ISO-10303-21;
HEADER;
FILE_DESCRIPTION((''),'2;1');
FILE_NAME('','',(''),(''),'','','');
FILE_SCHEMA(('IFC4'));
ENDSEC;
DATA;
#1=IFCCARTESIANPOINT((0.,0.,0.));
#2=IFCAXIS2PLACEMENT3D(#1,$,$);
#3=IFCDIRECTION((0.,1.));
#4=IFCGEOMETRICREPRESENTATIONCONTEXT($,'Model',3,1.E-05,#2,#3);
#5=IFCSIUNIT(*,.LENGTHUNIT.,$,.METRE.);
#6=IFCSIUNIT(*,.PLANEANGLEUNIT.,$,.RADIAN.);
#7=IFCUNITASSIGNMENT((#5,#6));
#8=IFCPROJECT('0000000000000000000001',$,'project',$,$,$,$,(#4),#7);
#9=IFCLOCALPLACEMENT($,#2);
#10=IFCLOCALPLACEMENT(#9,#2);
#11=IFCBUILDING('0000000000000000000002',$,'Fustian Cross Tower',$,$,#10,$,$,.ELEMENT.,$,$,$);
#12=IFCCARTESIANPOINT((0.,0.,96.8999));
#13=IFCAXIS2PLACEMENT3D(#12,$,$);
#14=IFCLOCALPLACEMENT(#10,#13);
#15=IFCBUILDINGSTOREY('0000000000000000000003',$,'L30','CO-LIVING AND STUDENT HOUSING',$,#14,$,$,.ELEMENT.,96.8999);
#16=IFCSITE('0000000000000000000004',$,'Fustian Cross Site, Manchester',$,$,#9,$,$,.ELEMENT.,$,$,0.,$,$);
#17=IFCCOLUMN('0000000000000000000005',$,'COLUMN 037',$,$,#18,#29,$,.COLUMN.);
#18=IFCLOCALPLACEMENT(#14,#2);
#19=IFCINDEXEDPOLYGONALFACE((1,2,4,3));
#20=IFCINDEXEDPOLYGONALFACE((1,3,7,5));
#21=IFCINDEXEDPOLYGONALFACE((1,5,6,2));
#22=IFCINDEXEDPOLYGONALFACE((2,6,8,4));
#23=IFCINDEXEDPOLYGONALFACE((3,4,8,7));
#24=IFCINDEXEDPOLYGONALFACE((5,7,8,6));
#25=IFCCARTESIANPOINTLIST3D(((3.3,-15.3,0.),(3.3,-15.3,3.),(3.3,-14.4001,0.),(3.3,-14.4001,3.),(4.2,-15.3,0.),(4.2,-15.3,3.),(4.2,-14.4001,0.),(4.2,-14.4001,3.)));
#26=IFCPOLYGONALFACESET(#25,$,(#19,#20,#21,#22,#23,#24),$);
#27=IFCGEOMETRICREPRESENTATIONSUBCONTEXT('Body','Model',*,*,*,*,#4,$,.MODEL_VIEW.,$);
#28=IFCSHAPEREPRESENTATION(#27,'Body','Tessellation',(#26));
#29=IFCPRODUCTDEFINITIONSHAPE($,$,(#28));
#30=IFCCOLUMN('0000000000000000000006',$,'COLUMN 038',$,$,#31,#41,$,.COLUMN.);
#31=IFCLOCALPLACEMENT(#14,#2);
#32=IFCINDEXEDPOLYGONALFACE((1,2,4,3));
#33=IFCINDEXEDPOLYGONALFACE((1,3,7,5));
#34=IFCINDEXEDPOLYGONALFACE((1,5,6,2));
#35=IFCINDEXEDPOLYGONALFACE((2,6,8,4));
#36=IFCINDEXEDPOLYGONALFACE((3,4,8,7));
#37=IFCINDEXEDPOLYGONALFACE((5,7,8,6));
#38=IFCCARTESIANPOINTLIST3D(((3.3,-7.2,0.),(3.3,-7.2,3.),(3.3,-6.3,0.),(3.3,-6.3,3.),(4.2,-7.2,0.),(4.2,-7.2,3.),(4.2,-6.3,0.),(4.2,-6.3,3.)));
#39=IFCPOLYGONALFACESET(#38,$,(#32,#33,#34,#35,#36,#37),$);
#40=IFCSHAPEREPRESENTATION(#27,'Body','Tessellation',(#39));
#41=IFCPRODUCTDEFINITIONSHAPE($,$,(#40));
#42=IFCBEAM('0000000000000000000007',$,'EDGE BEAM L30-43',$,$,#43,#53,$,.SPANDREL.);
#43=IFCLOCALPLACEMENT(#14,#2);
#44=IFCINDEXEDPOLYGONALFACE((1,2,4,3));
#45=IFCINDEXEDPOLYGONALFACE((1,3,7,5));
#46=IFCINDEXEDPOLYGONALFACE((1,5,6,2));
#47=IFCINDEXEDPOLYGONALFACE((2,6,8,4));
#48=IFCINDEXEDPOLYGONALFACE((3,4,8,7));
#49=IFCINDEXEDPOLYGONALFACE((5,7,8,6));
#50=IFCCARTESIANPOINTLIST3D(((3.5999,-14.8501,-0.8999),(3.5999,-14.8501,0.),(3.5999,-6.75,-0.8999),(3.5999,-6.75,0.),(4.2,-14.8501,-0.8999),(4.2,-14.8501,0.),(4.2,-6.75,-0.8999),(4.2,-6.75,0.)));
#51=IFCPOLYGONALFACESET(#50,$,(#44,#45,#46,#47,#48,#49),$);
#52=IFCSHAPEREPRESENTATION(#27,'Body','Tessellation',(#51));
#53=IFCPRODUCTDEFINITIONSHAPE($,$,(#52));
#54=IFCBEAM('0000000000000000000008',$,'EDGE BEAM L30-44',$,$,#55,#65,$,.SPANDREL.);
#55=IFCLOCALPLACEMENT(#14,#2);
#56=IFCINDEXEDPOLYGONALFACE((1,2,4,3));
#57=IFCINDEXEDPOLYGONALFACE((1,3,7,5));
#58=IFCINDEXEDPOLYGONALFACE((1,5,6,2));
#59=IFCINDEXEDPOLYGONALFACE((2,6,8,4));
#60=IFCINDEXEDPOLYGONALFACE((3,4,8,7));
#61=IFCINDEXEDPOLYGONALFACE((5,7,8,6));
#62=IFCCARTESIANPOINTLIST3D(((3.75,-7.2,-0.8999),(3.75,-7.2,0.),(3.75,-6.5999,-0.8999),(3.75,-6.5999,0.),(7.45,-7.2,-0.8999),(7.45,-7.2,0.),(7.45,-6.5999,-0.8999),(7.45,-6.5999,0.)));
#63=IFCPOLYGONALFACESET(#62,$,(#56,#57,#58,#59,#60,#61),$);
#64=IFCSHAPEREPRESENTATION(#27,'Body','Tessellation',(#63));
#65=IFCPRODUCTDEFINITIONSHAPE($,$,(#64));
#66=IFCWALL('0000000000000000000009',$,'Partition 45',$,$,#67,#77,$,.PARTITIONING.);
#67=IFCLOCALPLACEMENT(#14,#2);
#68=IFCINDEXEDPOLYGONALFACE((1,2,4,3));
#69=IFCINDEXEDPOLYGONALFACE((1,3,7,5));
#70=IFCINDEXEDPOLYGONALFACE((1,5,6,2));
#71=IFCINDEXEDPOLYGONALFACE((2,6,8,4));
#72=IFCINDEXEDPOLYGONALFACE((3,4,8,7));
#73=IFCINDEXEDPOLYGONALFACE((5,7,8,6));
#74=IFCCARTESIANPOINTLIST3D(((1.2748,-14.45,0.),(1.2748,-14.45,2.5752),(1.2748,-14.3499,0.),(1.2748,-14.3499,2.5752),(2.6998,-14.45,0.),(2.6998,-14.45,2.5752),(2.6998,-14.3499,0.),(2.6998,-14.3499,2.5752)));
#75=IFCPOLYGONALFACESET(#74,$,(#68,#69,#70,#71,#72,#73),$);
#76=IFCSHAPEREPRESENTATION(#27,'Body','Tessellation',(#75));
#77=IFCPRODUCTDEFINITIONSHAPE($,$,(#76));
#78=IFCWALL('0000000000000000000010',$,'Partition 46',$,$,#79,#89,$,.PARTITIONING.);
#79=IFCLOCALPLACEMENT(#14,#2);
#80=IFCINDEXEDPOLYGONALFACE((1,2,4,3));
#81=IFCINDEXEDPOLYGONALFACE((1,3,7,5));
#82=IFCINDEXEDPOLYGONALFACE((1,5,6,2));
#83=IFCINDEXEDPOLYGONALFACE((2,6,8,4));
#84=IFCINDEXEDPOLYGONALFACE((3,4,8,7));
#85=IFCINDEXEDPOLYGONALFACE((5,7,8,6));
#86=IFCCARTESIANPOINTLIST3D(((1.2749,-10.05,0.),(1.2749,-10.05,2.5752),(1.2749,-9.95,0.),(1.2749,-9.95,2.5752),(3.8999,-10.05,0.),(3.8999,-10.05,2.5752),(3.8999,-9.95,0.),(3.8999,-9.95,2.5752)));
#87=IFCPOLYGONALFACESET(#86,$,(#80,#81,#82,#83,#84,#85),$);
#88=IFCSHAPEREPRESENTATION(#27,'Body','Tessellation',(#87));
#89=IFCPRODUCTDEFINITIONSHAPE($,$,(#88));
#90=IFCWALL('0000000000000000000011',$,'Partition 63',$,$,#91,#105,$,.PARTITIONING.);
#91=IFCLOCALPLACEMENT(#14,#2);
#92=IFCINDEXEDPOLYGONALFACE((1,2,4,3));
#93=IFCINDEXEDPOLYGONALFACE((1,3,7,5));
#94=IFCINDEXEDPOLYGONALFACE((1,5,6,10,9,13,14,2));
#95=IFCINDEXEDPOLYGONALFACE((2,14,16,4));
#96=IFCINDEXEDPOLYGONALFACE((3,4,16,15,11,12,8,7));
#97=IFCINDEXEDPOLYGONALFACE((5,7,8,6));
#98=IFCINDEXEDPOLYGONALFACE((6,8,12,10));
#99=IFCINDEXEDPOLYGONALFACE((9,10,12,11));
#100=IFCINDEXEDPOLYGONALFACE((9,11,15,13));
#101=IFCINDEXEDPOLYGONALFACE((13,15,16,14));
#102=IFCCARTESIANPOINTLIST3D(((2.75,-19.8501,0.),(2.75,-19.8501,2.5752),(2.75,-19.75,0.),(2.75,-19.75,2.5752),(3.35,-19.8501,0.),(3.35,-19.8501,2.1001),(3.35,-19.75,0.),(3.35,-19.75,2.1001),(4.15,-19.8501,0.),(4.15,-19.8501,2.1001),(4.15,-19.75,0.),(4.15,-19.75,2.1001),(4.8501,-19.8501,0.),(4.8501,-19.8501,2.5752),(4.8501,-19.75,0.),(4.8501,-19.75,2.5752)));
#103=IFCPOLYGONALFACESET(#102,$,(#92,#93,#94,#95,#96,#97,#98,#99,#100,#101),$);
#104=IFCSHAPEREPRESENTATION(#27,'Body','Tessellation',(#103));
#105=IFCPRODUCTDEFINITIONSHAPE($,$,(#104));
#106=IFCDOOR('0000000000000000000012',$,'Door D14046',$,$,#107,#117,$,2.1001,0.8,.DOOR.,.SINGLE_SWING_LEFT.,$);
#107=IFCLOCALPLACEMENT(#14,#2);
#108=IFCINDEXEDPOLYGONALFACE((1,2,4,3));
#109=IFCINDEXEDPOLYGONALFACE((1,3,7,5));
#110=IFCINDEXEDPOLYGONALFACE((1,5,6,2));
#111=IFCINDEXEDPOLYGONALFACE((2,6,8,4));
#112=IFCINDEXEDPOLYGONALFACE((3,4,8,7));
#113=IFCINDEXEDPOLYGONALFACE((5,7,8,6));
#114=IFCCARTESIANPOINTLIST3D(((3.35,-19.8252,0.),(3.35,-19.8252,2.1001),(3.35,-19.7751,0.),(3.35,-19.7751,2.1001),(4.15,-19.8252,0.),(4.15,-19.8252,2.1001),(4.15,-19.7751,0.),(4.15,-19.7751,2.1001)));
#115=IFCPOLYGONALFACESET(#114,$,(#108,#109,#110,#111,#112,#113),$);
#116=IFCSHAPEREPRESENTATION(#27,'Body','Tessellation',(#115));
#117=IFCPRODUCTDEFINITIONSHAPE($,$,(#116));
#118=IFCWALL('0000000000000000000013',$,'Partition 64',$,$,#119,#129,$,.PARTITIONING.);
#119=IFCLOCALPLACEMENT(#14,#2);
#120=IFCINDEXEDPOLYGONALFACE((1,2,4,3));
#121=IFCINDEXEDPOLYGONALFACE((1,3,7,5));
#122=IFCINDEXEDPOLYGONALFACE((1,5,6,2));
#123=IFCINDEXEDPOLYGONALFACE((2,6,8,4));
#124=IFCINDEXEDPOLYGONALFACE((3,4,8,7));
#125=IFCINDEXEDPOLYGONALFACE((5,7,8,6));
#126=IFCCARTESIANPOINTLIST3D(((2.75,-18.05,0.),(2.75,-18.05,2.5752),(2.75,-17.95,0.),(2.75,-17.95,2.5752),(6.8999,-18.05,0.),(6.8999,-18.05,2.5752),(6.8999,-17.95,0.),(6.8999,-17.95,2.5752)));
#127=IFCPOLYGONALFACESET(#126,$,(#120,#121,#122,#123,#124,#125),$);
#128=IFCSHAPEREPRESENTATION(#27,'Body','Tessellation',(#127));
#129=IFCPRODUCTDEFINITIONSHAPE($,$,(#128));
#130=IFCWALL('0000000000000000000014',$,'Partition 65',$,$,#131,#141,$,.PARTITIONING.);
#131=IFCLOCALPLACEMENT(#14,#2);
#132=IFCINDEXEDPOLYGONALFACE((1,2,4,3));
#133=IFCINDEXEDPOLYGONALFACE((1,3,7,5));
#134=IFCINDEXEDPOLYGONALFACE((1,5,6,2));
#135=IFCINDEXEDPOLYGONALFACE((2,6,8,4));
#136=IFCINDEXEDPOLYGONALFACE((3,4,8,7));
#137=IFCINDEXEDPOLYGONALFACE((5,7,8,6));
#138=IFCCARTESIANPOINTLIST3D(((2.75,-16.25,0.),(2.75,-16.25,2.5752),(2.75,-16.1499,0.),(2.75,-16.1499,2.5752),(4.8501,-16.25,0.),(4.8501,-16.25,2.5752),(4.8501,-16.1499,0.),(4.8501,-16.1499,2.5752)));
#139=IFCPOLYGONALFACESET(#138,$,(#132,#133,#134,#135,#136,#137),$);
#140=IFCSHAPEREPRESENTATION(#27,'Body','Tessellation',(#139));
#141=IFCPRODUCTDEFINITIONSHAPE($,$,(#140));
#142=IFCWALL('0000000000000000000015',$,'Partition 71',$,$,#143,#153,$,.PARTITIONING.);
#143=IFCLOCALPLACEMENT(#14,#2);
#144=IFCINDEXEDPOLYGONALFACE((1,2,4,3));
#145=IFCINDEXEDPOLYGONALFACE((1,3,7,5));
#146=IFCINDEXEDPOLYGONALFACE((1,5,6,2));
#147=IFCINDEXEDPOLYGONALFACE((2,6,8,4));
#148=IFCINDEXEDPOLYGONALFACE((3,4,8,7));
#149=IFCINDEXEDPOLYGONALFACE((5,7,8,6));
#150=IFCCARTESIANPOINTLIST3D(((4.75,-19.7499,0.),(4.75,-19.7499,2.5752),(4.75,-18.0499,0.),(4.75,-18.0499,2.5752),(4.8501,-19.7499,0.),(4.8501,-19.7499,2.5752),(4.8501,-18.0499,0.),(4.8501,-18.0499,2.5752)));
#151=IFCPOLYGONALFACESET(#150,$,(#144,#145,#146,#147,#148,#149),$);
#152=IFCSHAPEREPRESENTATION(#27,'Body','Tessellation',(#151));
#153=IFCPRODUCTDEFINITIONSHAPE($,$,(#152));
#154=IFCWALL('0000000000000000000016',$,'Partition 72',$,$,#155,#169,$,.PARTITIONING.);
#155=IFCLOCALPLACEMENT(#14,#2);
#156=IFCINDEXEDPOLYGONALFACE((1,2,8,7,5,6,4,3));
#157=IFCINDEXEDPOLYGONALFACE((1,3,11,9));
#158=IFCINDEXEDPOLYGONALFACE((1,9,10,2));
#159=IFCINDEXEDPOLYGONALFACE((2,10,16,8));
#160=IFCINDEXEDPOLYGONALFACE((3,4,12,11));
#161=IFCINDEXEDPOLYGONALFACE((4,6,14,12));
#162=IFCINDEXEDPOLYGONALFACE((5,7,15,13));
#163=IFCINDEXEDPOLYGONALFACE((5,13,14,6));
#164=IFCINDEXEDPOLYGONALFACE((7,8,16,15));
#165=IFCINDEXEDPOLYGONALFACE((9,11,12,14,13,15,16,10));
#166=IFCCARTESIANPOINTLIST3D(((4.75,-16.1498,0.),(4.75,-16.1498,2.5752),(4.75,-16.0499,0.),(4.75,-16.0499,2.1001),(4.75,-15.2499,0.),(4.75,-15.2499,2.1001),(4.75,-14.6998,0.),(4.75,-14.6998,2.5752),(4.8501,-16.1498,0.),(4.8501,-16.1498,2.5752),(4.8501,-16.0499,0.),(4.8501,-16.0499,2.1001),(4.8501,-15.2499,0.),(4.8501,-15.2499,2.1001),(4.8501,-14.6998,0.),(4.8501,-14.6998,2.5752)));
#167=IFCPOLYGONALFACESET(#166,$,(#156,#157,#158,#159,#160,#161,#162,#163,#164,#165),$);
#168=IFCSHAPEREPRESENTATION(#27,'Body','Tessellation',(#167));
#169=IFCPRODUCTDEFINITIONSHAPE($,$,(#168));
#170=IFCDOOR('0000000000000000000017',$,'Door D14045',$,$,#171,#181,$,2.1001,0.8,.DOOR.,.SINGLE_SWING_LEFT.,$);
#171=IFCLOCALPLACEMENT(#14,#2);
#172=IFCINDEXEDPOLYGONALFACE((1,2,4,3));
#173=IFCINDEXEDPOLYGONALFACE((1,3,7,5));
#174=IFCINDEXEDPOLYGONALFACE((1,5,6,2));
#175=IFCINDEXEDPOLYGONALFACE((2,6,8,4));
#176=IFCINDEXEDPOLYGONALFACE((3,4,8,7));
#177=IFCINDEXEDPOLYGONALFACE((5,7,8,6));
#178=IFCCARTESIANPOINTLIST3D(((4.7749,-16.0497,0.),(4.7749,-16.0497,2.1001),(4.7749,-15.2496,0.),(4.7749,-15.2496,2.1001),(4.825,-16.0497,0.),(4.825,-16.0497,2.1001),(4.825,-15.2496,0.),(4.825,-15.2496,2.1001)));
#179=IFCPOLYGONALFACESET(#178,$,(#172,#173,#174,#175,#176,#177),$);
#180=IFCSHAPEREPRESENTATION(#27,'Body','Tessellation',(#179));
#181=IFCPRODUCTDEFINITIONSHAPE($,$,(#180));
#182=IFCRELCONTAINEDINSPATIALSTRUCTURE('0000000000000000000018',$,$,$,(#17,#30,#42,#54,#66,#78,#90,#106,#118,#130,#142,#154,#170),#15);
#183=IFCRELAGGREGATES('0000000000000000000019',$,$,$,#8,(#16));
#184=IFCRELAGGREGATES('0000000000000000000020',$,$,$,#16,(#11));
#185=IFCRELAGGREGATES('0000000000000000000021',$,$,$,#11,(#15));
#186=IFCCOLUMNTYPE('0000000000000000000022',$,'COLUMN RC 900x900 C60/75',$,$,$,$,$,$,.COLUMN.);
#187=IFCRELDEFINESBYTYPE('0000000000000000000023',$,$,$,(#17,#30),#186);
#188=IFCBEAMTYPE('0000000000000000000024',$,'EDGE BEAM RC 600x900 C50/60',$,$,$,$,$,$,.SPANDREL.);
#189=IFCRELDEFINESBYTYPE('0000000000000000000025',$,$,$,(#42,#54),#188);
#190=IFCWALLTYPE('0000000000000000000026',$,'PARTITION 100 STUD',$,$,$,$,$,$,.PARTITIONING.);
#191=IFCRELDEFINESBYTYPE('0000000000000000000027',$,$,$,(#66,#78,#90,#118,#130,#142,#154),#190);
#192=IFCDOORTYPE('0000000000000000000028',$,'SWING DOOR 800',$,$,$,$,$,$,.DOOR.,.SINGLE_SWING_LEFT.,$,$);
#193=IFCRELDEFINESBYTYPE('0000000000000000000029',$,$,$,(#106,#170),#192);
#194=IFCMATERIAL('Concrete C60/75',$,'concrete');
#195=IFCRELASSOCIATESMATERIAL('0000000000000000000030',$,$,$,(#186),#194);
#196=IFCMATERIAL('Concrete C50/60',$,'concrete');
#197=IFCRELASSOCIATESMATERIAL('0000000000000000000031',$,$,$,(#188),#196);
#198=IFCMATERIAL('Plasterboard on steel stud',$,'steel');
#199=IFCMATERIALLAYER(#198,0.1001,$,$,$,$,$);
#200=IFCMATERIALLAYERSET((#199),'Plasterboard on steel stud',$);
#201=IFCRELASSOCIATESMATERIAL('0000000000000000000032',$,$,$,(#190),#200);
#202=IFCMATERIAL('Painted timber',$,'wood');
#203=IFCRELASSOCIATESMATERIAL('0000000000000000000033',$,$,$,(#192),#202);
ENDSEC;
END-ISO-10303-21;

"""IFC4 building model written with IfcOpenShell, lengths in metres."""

from ifc_helpers import new_model, si_unit, direction, frame, frame_2d, origin, origin_2d, place, context, subcontext, project, spatial, rectangle, extrude, material, layer, layer_set, material_profile, profile_set, type_object, element, fill, save


model = new_model("IFC4")

# Units and contexts
model_context = context("Model", 3, precision=1e-05, world=origin(), true_north=direction((0.0, 1.0)))
body_context = subcontext(model_context, "Body", "Model", "MODEL_VIEW")
ifc_project = project(units=[si_unit("LENGTHUNIT", "METRE"), si_unit("PLANEANGLEUNIT", "RADIAN")], contexts=[model_context])

# Site, building, storey
site_placement = place(None, origin())
site = spatial("IfcSite", under=ifc_project, at=site_placement, Name="Fustian Cross Site, Manchester", CompositionType="ELEMENT", RefElevation=0.0)
building_placement = place(site_placement, origin())
building = spatial("IfcBuilding", under=site, at=building_placement, Name="Fustian Cross Tower", CompositionType="ELEMENT")
storey_placement = place(building_placement, frame((0.0, 0.0, 96.8999)))
storey = spatial("IfcBuildingStorey", under=building, at=storey_placement, Name="L30", Description="CO-LIVING AND STUDENT HOUSING", CompositionType="ELEMENT", Elevation=96.8999)

# Columns
ifc_material_1 = material(Name="Concrete C60/75", Category="concrete")
ifc_material_profile_1 = material_profile(ifc_material_1, rectangle(XDim=0.8999, YDim=0.8999, at=origin_2d()), Name="RC 900x900")
ifc_profile_set_1 = profile_set([ifc_material_profile_1], Name="Concrete C60/75")
column_type = type_object("IfcColumnType", Name="COLUMN RC 900x900 C60/75", PredefinedType="COLUMN", material=ifc_profile_set_1)
for number, where, z_axis, x_axis, name in (
    (1, (3.75, -14.8501, 0.0), (0.0, 0.0, 1.0), (1.0, 0.0, 0.0), "COLUMN 037"),
    (2, (3.75, -6.75, 0.0), (0.0, 0.0, 1.0), (1.0, 0.0, 0.0), "COLUMN 038"),
):
    element("IfcColumn", number, at=place(storey_placement, frame(where, z_axis=z_axis, x_axis=x_axis)), inside=storey, type_object=column_type, Name=name, PredefinedType="COLUMN", context=body_context, shape_type="SweptSolid", body=[
        extrude(rectangle(XDim=0.8999, YDim=0.8999, at=origin_2d()), origin(), (0.0, 0.0, 1.0), 3.0),
    ])

# Beams
ifc_material_2 = material(Name="Concrete C50/60", Category="concrete")
ifc_material_profile_2 = material_profile(ifc_material_2, rectangle(XDim=0.6001, YDim=0.8999, at=origin_2d()), Name="RC 600x900")
ifc_profile_set_2 = profile_set([ifc_material_profile_2], Name="Concrete C50/60")
beam_type = type_object("IfcBeamType", Name="EDGE BEAM RC 600x900 C50/60", PredefinedType="SPANDREL", material=ifc_profile_set_2)
beam_1_placement = place(storey_placement, frame((3.8999, -14.8501, -0.45), z_axis=(0.0, 1.0, 0.0), x_axis=(-1.0, 0.0, 0.0)))
element("IfcBeam", 3, at=beam_1_placement, inside=storey, type_object=beam_type, Name="EDGE BEAM L30-43", PredefinedType="SPANDREL", context=body_context, shape_type="SweptSolid", body=[
    extrude(rectangle(XDim=0.6001, YDim=0.8999, at=origin_2d()), origin(), (0.0, 0.0, 1.0), 8.1001),
])
beam_2_placement = place(storey_placement, frame((3.75, -6.8999, -0.45), z_axis=(1.0, 0.0, 0.0), x_axis=(0.0, 1.0, 0.0)))
element("IfcBeam", 4, at=beam_2_placement, inside=storey, type_object=beam_type, Name="EDGE BEAM L30-44", PredefinedType="SPANDREL", context=body_context, shape_type="SweptSolid", body=[
    extrude(rectangle(XDim=0.6001, YDim=0.8999, at=origin_2d()), origin(), (0.0, 0.0, 1.0), 3.7),
])

# Walls
ifc_material_3 = material(Name="Plasterboard on steel stud", Category="steel")
ifc_layer_1 = layer(ifc_material_3, 0.1001)
ifc_layer_set_1 = layer_set([ifc_layer_1], Name="Plasterboard on steel stud")
wall_type_1 = type_object("IfcWallType", Name="PARTITION 100 STUD", PredefinedType="PARTITIONING", material=ifc_layer_set_1)
wall_1_placement = place(storey_placement, frame((1.2749, -14.3999, 0.0), z_axis=(0.0, 0.0, 1.0), x_axis=(1.0, 0.0, 0.0)))
element("IfcWall", 5, at=wall_1_placement, inside=storey, type_object=wall_type_1, Name="Partition 45", PredefinedType="PARTITIONING", context=body_context, shape_type="SweptSolid", body=[
    extrude(rectangle(XDim=1.425, YDim=0.1001, at=frame_2d((0.7124, 0.0))), origin(), (0.0, 0.0, 1.0), 2.5752),
])
wall_2_placement = place(storey_placement, frame((1.2749, -10.0, 0.0), z_axis=(0.0, 0.0, 1.0), x_axis=(1.0, 0.0, 0.0)))
element("IfcWall", 6, at=wall_2_placement, inside=storey, type_object=wall_type_1, Name="Partition 46", PredefinedType="PARTITIONING", context=body_context, shape_type="SweptSolid", body=[
    extrude(rectangle(XDim=2.625, YDim=0.1001, at=frame_2d((1.3125, 0.0))), origin(), (0.0, 0.0, 1.0), 2.5752),
])

# Wall, opening, door
wall_3_placement = place(storey_placement, frame((2.75, -19.8, 0.0), z_axis=(0.0, 0.0, 1.0), x_axis=(1.0, 0.0, 0.0)))
wall_3 = element("IfcWall", 7, at=wall_3_placement, inside=storey, type_object=wall_type_1, Name="Partition 63", PredefinedType="PARTITIONING", context=body_context, shape_type="SweptSolid", body=[
    extrude(rectangle(XDim=2.1001, YDim=0.1001, at=frame_2d((1.05, 0.0))), origin(), (0.0, 0.0, 1.0), 2.5752),
])
opening_1_placement = place(wall_3_placement, frame((0.6001, 0.0, 0.0)))
opening_1 = element("IfcOpeningElement", 8, at=opening_1_placement, cuts=wall_3, PredefinedType="OPENING", context=body_context, shape_type="SweptSolid", body=[
    extrude(rectangle(XDim=0.8, YDim=2.1001, at=frame_2d((0.3999, 1.05))), frame((0.0, 0.0601, 0.0), z_axis=(0.0, -1.0, 0.0), x_axis=(1.0, 0.0, 0.0)), (0.0, 0.0, 1.0), 0.1201),
])
ifc_material_4 = material(Name="Painted timber", Category="wood")
door_type_1 = type_object("IfcDoorType", Name="SWING DOOR 800", OperationType="SINGLE_SWING_LEFT", PredefinedType="DOOR", material=ifc_material_4)
door_1_placement = place(opening_1_placement, origin())
door_1 = element("IfcDoor", 9, at=door_1_placement, inside=storey, type_object=door_type_1, Name="Door D14046", OperationType="SINGLE_SWING_LEFT", OverallHeight=2.1001, OverallWidth=0.8, PredefinedType="DOOR", context=body_context, shape_type="SweptSolid", body=[
    extrude(rectangle(XDim=0.8, YDim=2.1001, at=frame_2d((0.3999, 1.05))), frame((0.0, 0.0249, 0.0), z_axis=(0.0, -1.0, 0.0), x_axis=(1.0, 0.0, 0.0)), (0.0, 0.0, 1.0), 0.05),
])
fill(opening_1, door_1)

# Walls
wall_4_placement = place(storey_placement, frame((2.75, -18.0, 0.0), z_axis=(0.0, 0.0, 1.0), x_axis=(1.0, 0.0, 0.0)))
element("IfcWall", 10, at=wall_4_placement, inside=storey, type_object=wall_type_1, Name="Partition 64", PredefinedType="PARTITIONING", context=body_context, shape_type="SweptSolid", body=[
    extrude(rectangle(XDim=4.1499, YDim=0.1001, at=frame_2d((2.075, 0.0))), origin(), (0.0, 0.0, 1.0), 2.5752),
])
wall_5_placement = place(storey_placement, frame((2.75, -16.2, 0.0), z_axis=(0.0, 0.0, 1.0), x_axis=(1.0, 0.0, 0.0)))
element("IfcWall", 11, at=wall_5_placement, inside=storey, type_object=wall_type_1, Name="Partition 65", PredefinedType="PARTITIONING", context=body_context, shape_type="SweptSolid", body=[
    extrude(rectangle(XDim=2.1001, YDim=0.1001, at=frame_2d((1.05, 0.0))), origin(), (0.0, 0.0, 1.0), 2.5752),
])
wall_6_placement = place(storey_placement, frame((4.8, -19.75, 0.0), z_axis=(0.0, 0.0, 1.0), x_axis=(0.0, 1.0, 0.0)))
element("IfcWall", 12, at=wall_6_placement, inside=storey, type_object=wall_type_1, Name="Partition 71", PredefinedType="PARTITIONING", context=body_context, shape_type="SweptSolid", body=[
    extrude(rectangle(XDim=1.7, YDim=0.1001, at=frame_2d((0.8501, 0.0))), origin(), (0.0, 0.0, 1.0), 2.5752),
])

# Wall, opening, door
wall_7_placement = place(storey_placement, frame((4.8, -16.1499, 0.0), z_axis=(0.0, 0.0, 1.0), x_axis=(0.0, 1.0, 0.0)))
wall_7 = element("IfcWall", 13, at=wall_7_placement, inside=storey, type_object=wall_type_1, Name="Partition 72", PredefinedType="PARTITIONING", context=body_context, shape_type="SweptSolid", body=[
    extrude(rectangle(XDim=1.45, YDim=0.1001, at=frame_2d((0.7251, 0.0))), origin(), (0.0, 0.0, 1.0), 2.5752),
])
opening_2_placement = place(wall_7_placement, frame((0.1001, 0.0, 0.0)))
opening_2 = element("IfcOpeningElement", 14, at=opening_2_placement, cuts=wall_7, PredefinedType="OPENING", context=body_context, shape_type="SweptSolid", body=[
    extrude(rectangle(XDim=0.8, YDim=2.1001, at=frame_2d((0.3999, 1.05))), frame((0.0, 0.0601, 0.0), z_axis=(0.0, -1.0, 0.0), x_axis=(1.0, 0.0, 0.0)), (0.0, 0.0, 1.0), 0.1201),
])
door_2_placement = place(opening_2_placement, frame((0.8, 0.0, 0.0), z_axis=(0.0, 0.0, 1.0), x_axis=(-1.0, 0.0, 0.0)))
door_2 = element("IfcDoor", 15, at=door_2_placement, inside=storey, type_object=door_type_1, Name="Door D14045", OperationType="SINGLE_SWING_LEFT", OverallHeight=2.1001, OverallWidth=0.8, PredefinedType="DOOR", context=body_context, shape_type="SweptSolid", body=[
    extrude(rectangle(XDim=0.8, YDim=2.1001, at=frame_2d((0.3999, 1.05))), frame((0.0, 0.0249, 0.0), z_axis=(0.0, -1.0, 0.0), x_axis=(1.0, 0.0, 0.0)), (0.0, 0.0, 1.0), 0.05),
])
fill(opening_2, door_2)

save(model, "model.ifc")
